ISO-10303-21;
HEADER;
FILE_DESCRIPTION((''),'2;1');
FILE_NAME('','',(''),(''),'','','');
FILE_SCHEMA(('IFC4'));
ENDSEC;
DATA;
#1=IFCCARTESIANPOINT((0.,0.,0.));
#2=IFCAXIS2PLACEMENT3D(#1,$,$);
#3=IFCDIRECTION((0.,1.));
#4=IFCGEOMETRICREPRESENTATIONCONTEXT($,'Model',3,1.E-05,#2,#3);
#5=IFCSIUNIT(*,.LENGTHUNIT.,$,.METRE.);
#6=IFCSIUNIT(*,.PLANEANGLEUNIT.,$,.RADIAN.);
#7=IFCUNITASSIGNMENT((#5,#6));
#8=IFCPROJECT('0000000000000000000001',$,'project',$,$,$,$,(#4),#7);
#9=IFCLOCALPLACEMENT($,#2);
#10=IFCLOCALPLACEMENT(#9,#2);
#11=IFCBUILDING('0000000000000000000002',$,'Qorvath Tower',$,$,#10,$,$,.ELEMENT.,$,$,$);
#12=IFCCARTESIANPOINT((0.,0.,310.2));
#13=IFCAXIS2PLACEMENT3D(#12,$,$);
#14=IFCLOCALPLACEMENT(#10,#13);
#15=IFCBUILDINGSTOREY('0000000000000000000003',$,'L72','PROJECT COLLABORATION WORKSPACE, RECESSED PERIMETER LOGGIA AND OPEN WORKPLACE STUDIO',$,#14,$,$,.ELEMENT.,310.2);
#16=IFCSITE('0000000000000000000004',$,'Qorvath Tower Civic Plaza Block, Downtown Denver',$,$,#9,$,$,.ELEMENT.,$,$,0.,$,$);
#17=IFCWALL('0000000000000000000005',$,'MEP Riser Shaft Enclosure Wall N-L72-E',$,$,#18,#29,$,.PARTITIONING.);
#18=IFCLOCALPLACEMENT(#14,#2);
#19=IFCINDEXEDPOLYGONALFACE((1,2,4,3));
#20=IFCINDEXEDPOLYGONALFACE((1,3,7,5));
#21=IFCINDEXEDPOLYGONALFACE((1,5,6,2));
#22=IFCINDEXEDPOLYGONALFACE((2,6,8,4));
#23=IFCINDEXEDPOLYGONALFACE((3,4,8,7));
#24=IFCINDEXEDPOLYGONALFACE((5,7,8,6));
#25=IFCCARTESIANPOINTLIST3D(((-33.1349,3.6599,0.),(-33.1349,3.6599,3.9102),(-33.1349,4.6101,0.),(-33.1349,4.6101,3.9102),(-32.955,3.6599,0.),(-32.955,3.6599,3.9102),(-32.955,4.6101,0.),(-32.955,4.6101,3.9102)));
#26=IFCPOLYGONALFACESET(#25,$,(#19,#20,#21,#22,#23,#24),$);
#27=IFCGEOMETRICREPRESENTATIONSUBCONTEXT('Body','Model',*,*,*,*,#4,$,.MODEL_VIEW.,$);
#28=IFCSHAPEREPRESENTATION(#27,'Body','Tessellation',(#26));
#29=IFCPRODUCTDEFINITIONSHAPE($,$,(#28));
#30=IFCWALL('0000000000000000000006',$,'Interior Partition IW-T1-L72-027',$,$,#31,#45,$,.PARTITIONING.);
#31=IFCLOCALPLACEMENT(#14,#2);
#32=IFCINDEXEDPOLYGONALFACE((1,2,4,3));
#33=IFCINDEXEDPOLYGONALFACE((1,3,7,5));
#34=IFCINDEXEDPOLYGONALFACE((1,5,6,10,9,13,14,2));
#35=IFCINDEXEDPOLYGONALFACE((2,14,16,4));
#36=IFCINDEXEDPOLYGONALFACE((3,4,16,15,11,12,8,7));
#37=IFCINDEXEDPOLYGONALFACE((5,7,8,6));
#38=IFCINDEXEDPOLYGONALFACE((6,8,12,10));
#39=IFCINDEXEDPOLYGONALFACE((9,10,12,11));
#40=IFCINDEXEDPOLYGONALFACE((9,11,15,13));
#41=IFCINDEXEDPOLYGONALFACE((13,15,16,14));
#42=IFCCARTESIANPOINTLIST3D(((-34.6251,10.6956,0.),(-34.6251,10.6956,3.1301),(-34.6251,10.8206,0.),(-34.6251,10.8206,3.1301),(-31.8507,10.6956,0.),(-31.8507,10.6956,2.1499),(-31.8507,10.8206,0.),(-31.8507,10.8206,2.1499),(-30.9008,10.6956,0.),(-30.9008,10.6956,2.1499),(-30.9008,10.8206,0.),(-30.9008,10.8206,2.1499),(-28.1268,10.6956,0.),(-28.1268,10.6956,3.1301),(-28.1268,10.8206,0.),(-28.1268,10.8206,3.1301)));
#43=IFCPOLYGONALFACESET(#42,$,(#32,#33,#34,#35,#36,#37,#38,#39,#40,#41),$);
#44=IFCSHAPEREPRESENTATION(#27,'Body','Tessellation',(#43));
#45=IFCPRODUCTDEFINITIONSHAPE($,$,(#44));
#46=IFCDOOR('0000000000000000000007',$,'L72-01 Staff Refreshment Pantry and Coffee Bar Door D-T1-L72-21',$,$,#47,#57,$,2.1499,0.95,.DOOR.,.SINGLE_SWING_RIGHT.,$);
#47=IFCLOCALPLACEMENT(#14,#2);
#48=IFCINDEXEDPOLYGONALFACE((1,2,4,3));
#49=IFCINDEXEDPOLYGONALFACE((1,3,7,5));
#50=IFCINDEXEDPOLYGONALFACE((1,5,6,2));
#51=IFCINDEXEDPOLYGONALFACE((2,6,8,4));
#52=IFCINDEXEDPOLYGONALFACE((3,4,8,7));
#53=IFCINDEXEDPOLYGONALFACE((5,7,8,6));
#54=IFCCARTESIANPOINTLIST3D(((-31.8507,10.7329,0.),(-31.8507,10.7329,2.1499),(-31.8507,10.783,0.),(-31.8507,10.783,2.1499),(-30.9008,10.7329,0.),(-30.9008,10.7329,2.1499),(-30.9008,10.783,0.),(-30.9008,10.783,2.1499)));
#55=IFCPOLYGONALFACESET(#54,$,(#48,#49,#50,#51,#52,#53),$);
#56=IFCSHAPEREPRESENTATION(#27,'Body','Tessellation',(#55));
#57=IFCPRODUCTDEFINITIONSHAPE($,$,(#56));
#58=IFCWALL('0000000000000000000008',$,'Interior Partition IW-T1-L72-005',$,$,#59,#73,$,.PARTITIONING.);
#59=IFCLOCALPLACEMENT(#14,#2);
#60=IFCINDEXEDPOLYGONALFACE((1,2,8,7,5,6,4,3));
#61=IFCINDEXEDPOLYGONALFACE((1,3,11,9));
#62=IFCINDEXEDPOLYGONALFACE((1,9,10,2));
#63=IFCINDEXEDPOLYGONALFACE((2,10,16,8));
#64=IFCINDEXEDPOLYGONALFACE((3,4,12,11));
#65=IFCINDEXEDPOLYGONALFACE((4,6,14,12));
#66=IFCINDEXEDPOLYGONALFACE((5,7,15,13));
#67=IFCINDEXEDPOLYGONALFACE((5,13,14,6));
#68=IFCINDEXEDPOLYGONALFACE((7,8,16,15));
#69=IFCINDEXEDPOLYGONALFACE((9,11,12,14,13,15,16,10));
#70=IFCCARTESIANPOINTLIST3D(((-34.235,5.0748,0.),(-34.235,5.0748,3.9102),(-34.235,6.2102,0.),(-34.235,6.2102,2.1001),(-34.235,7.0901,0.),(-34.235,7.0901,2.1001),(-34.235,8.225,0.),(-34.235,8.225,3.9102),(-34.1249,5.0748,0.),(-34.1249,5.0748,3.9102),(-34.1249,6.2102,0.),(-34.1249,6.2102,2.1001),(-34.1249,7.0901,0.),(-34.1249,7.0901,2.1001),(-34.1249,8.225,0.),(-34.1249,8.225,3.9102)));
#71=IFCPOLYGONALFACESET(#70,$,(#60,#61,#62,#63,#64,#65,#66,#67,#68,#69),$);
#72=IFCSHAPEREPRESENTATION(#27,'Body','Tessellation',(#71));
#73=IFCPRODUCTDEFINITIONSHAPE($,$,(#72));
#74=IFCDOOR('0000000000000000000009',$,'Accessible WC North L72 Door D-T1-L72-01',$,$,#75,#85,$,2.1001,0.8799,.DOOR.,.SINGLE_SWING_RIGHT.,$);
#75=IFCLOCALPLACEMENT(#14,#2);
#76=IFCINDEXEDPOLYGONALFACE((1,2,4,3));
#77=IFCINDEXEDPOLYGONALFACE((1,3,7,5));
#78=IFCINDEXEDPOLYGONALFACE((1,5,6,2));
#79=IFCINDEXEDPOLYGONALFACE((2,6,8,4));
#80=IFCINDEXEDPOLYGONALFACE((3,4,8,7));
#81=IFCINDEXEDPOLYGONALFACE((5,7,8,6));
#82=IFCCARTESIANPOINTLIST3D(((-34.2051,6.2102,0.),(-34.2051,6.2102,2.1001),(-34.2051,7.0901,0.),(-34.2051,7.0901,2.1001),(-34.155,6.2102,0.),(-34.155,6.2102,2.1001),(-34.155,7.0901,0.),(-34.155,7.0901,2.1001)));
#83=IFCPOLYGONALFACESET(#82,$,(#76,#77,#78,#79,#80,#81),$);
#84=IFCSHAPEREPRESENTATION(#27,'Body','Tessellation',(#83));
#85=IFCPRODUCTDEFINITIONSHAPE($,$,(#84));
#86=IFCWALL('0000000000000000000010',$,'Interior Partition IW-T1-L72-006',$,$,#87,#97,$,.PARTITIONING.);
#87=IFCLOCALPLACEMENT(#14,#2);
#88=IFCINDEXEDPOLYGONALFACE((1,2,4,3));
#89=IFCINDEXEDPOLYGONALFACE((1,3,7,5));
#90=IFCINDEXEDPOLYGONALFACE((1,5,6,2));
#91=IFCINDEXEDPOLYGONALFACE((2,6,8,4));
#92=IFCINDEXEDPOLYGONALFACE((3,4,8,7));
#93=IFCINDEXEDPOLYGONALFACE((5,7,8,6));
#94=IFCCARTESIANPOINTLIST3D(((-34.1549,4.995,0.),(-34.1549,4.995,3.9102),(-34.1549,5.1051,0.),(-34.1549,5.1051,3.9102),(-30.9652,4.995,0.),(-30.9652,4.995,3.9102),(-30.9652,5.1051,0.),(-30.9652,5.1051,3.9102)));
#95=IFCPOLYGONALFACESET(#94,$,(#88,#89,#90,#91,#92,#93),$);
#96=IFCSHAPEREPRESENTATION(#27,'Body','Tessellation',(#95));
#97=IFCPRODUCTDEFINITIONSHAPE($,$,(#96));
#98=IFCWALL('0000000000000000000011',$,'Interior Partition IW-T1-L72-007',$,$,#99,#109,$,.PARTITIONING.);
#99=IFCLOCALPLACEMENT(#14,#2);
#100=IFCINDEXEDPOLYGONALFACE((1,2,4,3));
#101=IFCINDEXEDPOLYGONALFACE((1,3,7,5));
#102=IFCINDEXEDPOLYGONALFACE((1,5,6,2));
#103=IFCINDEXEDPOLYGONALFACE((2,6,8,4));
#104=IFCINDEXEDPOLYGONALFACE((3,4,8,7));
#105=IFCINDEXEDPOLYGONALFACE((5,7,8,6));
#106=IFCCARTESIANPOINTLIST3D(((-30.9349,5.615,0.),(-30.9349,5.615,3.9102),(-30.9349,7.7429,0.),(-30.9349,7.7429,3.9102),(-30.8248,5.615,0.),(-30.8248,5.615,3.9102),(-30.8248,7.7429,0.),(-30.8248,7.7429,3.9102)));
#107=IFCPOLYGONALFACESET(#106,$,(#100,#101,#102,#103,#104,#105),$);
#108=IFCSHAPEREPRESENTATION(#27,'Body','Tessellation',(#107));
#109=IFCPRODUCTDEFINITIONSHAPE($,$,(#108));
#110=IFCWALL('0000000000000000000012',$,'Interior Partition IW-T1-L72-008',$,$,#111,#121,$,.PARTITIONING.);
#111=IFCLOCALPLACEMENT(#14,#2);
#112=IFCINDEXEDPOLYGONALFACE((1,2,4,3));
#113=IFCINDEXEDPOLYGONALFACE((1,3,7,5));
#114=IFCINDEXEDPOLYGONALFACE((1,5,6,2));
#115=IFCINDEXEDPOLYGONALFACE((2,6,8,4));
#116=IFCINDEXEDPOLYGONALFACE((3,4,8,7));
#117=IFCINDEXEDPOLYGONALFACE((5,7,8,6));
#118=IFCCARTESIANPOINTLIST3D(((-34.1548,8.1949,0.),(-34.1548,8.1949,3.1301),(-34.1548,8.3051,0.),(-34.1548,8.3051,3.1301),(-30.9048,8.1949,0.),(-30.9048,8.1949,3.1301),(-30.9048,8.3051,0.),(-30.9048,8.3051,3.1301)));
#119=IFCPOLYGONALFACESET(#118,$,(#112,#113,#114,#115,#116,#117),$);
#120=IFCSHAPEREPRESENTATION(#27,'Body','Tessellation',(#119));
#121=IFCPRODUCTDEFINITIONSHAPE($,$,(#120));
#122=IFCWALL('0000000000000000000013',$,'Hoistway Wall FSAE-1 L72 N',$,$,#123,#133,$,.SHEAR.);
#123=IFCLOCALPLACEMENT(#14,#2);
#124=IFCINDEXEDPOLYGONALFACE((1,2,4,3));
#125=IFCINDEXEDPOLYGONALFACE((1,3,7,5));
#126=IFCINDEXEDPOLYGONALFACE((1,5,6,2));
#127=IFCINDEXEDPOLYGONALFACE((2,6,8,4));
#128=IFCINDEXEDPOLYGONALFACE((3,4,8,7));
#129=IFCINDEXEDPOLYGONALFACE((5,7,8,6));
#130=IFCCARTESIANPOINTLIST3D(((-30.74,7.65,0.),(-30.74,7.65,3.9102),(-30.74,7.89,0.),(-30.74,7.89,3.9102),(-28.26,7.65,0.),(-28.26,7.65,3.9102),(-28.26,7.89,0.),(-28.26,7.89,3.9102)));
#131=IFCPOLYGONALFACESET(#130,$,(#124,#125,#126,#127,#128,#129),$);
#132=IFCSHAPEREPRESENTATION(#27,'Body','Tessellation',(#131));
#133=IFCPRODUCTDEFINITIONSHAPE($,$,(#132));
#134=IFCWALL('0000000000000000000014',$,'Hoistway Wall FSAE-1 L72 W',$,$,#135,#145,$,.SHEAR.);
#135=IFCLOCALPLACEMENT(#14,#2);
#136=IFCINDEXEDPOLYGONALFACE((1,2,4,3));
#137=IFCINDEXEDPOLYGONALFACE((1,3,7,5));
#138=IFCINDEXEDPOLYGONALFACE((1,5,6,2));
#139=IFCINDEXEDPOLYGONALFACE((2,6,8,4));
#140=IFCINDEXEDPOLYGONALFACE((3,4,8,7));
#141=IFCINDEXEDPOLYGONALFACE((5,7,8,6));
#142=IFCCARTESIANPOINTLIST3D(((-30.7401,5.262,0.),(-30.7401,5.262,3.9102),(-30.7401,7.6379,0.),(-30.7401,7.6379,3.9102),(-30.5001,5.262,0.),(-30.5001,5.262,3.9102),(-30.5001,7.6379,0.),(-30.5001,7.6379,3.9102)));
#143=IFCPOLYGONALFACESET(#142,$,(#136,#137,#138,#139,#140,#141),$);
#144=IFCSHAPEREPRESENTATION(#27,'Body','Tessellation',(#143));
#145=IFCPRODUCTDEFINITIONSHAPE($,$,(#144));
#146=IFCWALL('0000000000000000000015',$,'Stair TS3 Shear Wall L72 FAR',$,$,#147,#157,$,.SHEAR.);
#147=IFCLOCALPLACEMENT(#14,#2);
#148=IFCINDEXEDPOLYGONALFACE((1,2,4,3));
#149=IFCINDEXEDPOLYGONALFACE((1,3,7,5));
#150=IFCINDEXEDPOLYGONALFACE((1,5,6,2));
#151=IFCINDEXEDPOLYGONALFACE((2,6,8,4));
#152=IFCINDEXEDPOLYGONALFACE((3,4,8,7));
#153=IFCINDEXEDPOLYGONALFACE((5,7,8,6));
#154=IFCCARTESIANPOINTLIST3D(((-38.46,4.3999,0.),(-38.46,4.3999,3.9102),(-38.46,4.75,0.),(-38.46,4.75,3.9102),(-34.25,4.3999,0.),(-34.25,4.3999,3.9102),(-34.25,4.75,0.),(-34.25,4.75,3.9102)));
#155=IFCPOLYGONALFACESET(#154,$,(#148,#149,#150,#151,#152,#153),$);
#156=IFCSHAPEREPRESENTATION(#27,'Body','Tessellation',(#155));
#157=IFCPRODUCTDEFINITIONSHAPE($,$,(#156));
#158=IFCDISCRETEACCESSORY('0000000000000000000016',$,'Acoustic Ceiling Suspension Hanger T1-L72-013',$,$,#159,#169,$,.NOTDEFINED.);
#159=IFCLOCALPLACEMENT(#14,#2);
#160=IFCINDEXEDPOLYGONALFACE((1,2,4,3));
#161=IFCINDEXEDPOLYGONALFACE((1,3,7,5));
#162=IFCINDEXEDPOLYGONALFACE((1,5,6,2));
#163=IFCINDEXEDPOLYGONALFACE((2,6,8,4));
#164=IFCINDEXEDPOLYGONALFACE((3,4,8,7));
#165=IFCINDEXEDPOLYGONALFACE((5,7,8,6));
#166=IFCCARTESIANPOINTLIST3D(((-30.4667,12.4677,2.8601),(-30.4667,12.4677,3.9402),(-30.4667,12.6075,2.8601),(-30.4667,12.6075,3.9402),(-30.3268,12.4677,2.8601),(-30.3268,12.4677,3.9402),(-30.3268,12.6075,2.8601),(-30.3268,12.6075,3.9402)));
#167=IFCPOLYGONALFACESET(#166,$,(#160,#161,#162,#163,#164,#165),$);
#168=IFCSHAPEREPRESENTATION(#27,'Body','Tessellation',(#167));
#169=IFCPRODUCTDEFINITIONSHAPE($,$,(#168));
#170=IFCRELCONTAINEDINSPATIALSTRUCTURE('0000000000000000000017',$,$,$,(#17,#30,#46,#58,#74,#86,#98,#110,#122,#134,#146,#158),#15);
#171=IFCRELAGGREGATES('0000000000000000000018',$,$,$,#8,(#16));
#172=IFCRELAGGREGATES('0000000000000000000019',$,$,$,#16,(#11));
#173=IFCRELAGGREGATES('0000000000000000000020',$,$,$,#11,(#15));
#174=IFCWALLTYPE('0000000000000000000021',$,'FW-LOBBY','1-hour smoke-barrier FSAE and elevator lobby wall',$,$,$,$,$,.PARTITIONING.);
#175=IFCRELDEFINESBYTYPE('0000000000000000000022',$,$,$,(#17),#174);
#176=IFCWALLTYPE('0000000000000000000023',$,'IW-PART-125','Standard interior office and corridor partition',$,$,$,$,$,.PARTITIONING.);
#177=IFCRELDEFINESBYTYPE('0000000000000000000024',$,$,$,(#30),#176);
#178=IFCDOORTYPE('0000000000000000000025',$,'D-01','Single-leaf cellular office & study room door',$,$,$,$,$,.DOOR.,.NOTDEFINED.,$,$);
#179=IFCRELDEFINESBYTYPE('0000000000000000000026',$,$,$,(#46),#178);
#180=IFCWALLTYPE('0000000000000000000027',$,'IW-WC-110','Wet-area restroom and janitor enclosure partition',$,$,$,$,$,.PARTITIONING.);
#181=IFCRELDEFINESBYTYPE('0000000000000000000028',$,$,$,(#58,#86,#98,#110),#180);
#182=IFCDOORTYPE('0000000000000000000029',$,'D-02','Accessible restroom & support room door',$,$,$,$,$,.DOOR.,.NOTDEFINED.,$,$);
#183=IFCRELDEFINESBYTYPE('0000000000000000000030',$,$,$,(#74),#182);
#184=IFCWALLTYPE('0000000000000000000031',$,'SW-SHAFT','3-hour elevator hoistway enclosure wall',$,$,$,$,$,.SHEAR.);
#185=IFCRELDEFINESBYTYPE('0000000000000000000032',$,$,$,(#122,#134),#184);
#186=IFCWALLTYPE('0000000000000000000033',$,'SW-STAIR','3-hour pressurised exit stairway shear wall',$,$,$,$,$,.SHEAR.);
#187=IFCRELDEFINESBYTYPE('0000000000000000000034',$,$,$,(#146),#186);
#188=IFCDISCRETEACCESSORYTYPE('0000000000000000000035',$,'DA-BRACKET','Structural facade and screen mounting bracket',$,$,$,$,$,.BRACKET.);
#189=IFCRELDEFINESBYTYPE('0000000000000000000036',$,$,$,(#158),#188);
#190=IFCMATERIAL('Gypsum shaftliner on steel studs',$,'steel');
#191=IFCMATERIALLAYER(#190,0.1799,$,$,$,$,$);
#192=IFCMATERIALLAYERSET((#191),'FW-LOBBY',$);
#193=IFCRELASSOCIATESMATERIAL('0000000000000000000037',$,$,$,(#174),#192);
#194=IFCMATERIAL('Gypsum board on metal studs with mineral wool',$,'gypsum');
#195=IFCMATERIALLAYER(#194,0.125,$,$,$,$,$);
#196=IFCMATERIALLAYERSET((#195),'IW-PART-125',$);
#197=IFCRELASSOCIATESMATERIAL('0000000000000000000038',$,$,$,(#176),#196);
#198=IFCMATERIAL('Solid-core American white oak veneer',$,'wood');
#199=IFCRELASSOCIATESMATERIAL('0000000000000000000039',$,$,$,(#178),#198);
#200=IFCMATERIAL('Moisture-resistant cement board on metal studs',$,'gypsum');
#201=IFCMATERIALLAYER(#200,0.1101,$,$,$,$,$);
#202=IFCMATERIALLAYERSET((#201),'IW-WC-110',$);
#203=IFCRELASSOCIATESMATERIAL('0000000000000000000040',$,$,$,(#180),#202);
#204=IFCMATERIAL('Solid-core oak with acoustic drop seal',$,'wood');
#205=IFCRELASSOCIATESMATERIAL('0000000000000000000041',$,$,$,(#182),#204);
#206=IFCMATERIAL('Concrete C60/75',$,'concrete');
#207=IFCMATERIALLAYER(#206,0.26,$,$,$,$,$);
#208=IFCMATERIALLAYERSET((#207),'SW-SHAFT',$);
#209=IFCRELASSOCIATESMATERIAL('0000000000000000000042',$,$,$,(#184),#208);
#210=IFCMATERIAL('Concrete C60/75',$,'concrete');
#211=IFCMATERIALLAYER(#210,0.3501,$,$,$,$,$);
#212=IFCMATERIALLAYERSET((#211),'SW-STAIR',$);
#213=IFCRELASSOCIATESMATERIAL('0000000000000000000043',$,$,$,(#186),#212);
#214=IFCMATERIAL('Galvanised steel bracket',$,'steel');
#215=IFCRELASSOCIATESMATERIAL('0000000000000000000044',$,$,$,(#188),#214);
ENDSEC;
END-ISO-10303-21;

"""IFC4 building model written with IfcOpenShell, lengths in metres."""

from ifc_helpers import new_model, si_unit, direction, frame, frame_2d, origin, origin_2d, place, context, subcontext, project, spatial, rectangle, extrude, material, layer, layer_set, type_object, element, fill, save


model = new_model("IFC4")

# Units and contexts
model_context = context("Model", 3, precision=1e-05, world=origin(), true_north=direction((0.0, 1.0)))
body_context = subcontext(model_context, "Body", "Model", "MODEL_VIEW")
ifc_project = project(units=[si_unit("LENGTHUNIT", "METRE"), si_unit("PLANEANGLEUNIT", "RADIAN")], contexts=[model_context])

# Site, building, storey
site_placement = place(None, origin())
site = spatial("IfcSite", under=ifc_project, at=site_placement, Name="Qorvath Tower Civic Plaza Block, Downtown Denver", CompositionType="ELEMENT", RefElevation=0.0)
building_placement = place(site_placement, origin())
building = spatial("IfcBuilding", under=site, at=building_placement, Name="Qorvath Tower", CompositionType="ELEMENT")
storey_placement = place(building_placement, frame((0.0, 0.0, 310.2)))
storey = spatial("IfcBuildingStorey", under=building, at=storey_placement, Name="L72", Description="PROJECT COLLABORATION WORKSPACE, RECESSED PERIMETER LOGGIA AND OPEN WORKPLACE STUDIO", CompositionType="ELEMENT", Elevation=310.2)

# Wall
ifc_material_1 = material(Name="Gypsum shaftliner on steel studs", Category="steel")
ifc_layer_1 = layer(ifc_material_1, 0.1799)
ifc_layer_set_1 = layer_set([ifc_layer_1], Name="FW-LOBBY")
wall_type_1 = type_object("IfcWallType", Name="FW-LOBBY", Description="1-hour smoke-barrier FSAE and elevator lobby wall", PredefinedType="PARTITIONING", material=ifc_layer_set_1)
for number, where, z_axis, x_axis, name in (
    (1, (-33.0449, 4.6101, 0.0), (0.0, 0.0, 1.0), (0.0, -1.0, 0.0), "MEP Riser Shaft Enclosure Wall N-L72-E"),
):
    element("IfcWall", number, at=place(storey_placement, frame(where, z_axis=z_axis, x_axis=x_axis)), inside=storey, type_object=wall_type_1, Name=name, PredefinedType="PARTITIONING", context=body_context, shape_type="SweptSolid", body=[
        extrude(rectangle(XDim=0.9502, YDim=0.1799, at=frame_2d((0.4751, 0.0))), origin(), (0.0, 0.0, 1.0), 3.9102),
    ])

# Walls, openings, doors
ifc_material_2 = material(Name="Gypsum board on metal studs with mineral wool", Category="gypsum")
ifc_layer_2 = layer(ifc_material_2, 0.125)
ifc_layer_set_2 = layer_set([ifc_layer_2], Name="IW-PART-125")
wall_type_2 = type_object("IfcWallType", Name="IW-PART-125", Description="Standard interior office and corridor partition", PredefinedType="PARTITIONING", material=ifc_layer_set_2)
wall_1_placement = place(storey_placement, frame((-34.625, 10.7581, 0.0), z_axis=(0.0, 0.0, 1.0), x_axis=(1.0, 0.0, 0.0)))
wall_1 = element("IfcWall", 2, at=wall_1_placement, inside=storey, type_object=wall_type_2, Name="Interior Partition IW-T1-L72-027", PredefinedType="PARTITIONING", context=body_context, shape_type="SweptSolid", body=[
    extrude(rectangle(XDim=6.4983, YDim=0.125, at=frame_2d((3.249, 0.0))), origin(), (0.0, 0.0, 1.0), 3.1301),
])
opening_1_placement = place(wall_1_placement, frame((2.7742, 0.0, 0.0)))
opening_1 = element("IfcOpeningElement", 3, at=opening_1_placement, cuts=wall_1, PredefinedType="OPENING", context=body_context, shape_type="SweptSolid", body=[
    extrude(rectangle(XDim=0.95, YDim=2.1499, at=frame_2d((0.4751, 1.075))), frame((0.0, 0.0725, 0.0), z_axis=(0.0, -1.0, 0.0), x_axis=(1.0, 0.0, 0.0)), (0.0, 0.0, 1.0), 0.145),
])
ifc_material_3 = material(Name="Solid-core American white oak veneer", Category="wood")
door_type_1 = type_object("IfcDoorType", Name="D-01", Description="Single-leaf cellular office & study room door", OperationType="NOTDEFINED", PredefinedType="DOOR", material=ifc_material_3)
door_1_placement = place(opening_1_placement, origin())
door_1 = element("IfcDoor", 4, at=door_1_placement, inside=storey, type_object=door_type_1, Name="L72-01 Staff Refreshment Pantry and Coffee Bar Door D-T1-L72-21", OperationType="SINGLE_SWING_RIGHT", OverallHeight=2.1499, OverallWidth=0.95, PredefinedType="DOOR", context=body_context, shape_type="SweptSolid", body=[
    extrude(rectangle(XDim=0.95, YDim=2.1499, at=frame_2d((0.4751, 1.075))), frame((0.0, 0.0249, 0.0), z_axis=(0.0, -1.0, 0.0), x_axis=(1.0, 0.0, 0.0)), (0.0, 0.0, 1.0), 0.05),
])
fill(opening_1, door_1)
ifc_material_4 = material(Name="Moisture-resistant cement board on metal studs", Category="gypsum")
ifc_layer_3 = layer(ifc_material_4, 0.1101)
ifc_layer_set_3 = layer_set([ifc_layer_3], Name="IW-WC-110")
wall_type_3 = type_object("IfcWallType", Name="IW-WC-110", Description="Wet-area restroom and janitor enclosure partition", PredefinedType="PARTITIONING", material=ifc_layer_set_3)
wall_2_placement = place(storey_placement, frame((-34.1799, 8.2251, 0.0), z_axis=(0.0, 0.0, 1.0), x_axis=(0.0, -1.0, 0.0)))
wall_2 = element("IfcWall", 5, at=wall_2_placement, inside=storey, type_object=wall_type_3, Name="Interior Partition IW-T1-L72-005", PredefinedType="PARTITIONING", context=body_context, shape_type="SweptSolid", body=[
    extrude(rectangle(XDim=3.1501, YDim=0.1101, at=frame_2d((1.5752, 0.0))), origin(), (0.0, 0.0, 1.0), 3.9102),
])
opening_2_placement = place(wall_2_placement, frame((1.135, 0.0, 0.0)))
opening_2 = element("IfcOpeningElement", 6, at=opening_2_placement, cuts=wall_2, PredefinedType="OPENING", context=body_context, shape_type="SweptSolid", body=[
    extrude(rectangle(XDim=0.8799, YDim=2.1001, at=frame_2d((0.4399, 1.05))), frame((0.0, 0.0649, 0.0), z_axis=(0.0, -1.0, 0.0), x_axis=(1.0, 0.0, 0.0)), (0.0, 0.0, 1.0), 0.1301),
])
ifc_material_5 = material(Name="Solid-core oak with acoustic drop seal", Category="wood")
door_type_2 = type_object("IfcDoorType", Name="D-02", Description="Accessible restroom & support room door", OperationType="NOTDEFINED", PredefinedType="DOOR", material=ifc_material_5)
door_2_placement = place(opening_2_placement, origin())
door_2 = element("IfcDoor", 7, at=door_2_placement, inside=storey, type_object=door_type_2, Name="Accessible WC North L72 Door D-T1-L72-01", OperationType="SINGLE_SWING_RIGHT", OverallHeight=2.1001, OverallWidth=0.8799, PredefinedType="DOOR", context=body_context, shape_type="SweptSolid", body=[
    extrude(rectangle(XDim=0.8799, YDim=2.1001, at=frame_2d((0.4399, 1.05))), frame((0.0, 0.0249, 0.0), z_axis=(0.0, -1.0, 0.0), x_axis=(1.0, 0.0, 0.0)), (0.0, 0.0, 1.0), 0.05),
])
fill(opening_2, door_2)

# Walls
wall_3_placement = place(storey_placement, frame((-34.1548, 5.05, 0.0), z_axis=(0.0, 0.0, 1.0), x_axis=(1.0, 0.0, 0.0)))
element("IfcWall", 8, at=wall_3_placement, inside=storey, type_object=wall_type_3, Name="Interior Partition IW-T1-L72-006", PredefinedType="PARTITIONING", context=body_context, shape_type="SweptSolid", body=[
    extrude(rectangle(XDim=3.1897, YDim=0.1101, at=frame_2d((1.5947, 0.0))), origin(), (0.0, 0.0, 1.0), 3.9102),
])
wall_4_placement = place(storey_placement, frame((-30.8799, 5.615, 0.0), z_axis=(0.0, 0.0, 1.0), x_axis=(0.0, 1.0, 0.0)))
element("IfcWall", 9, at=wall_4_placement, inside=storey, type_object=wall_type_3, Name="Interior Partition IW-T1-L72-007", PredefinedType="PARTITIONING", context=body_context, shape_type="SweptSolid", body=[
    extrude(rectangle(XDim=2.1279, YDim=0.1101, at=frame_2d((1.064, 0.0))), origin(), (0.0, 0.0, 1.0), 3.9102),
])
wall_5_placement = place(storey_placement, frame((-30.9048, 8.25, 0.0), z_axis=(0.0, 0.0, 1.0), x_axis=(-1.0, 0.0, 0.0)))
element("IfcWall", 10, at=wall_5_placement, inside=storey, type_object=wall_type_3, Name="Interior Partition IW-T1-L72-008", PredefinedType="PARTITIONING", context=body_context, shape_type="SweptSolid", body=[
    extrude(rectangle(XDim=3.25, YDim=0.1101, at=frame_2d((1.625, 0.0))), origin(), (0.0, 0.0, 1.0), 3.1301),
])
ifc_material_6 = material(Name="Concrete C60/75", Category="concrete")
ifc_layer_4 = layer(ifc_material_6, 0.26)
ifc_layer_set_4 = layer_set([ifc_layer_4], Name="SW-SHAFT")
wall_type_4 = type_object("IfcWallType", Name="SW-SHAFT", Description="3-hour elevator hoistway enclosure wall", PredefinedType="SHEAR", material=ifc_layer_set_4)
wall_6_placement = place(storey_placement, frame((-30.74, 7.77, 0.0), z_axis=(0.0, 0.0, 1.0), x_axis=(1.0, 0.0, 0.0)))
element("IfcWall", 11, at=wall_6_placement, inside=storey, type_object=wall_type_4, Name="Hoistway Wall FSAE-1 L72 N", PredefinedType="SHEAR", context=body_context, shape_type="SweptSolid", body=[
    extrude(rectangle(XDim=2.48, YDim=0.24, at=frame_2d((1.24, 0.0))), origin(), (0.0, 0.0, 1.0), 3.9102),
])
wall_7_placement = place(storey_placement, frame((-30.6201, 5.262, 0.0), z_axis=(0.0, 0.0, 1.0), x_axis=(0.0, 1.0, 0.0)))
element("IfcWall", 12, at=wall_7_placement, inside=storey, type_object=wall_type_4, Name="Hoistway Wall FSAE-1 L72 W", PredefinedType="SHEAR", context=body_context, shape_type="SweptSolid", body=[
    extrude(rectangle(XDim=2.376, YDim=0.24, at=frame_2d((1.188, 0.0))), origin(), (0.0, 0.0, 1.0), 3.9102),
])
ifc_material_7 = material(Name="Concrete C60/75", Category="concrete")
ifc_layer_5 = layer(ifc_material_7, 0.3501)
ifc_layer_set_5 = layer_set([ifc_layer_5], Name="SW-STAIR")
wall_type_5 = type_object("IfcWallType", Name="SW-STAIR", Description="3-hour pressurised exit stairway shear wall", PredefinedType="SHEAR", material=ifc_layer_set_5)
wall_8_placement = place(storey_placement, frame((-34.25, 4.575, 0.0), z_axis=(0.0, 0.0, 1.0), x_axis=(-1.0, 0.0, 0.0)))
element("IfcWall", 13, at=wall_8_placement, inside=storey, type_object=wall_type_5, Name="Stair TS3 Shear Wall L72 FAR", PredefinedType="SHEAR", context=body_context, shape_type="SweptSolid", body=[
    extrude(rectangle(XDim=4.21, YDim=0.3501, at=frame_2d((2.105, 0.0))), origin(), (0.0, 0.0, 1.0), 3.9102),
])

# Discrete accessory
ifc_material_8 = material(Name="Galvanised steel bracket", Category="steel")
discrete_accessory_type = type_object("IfcDiscreteAccessoryType", Name="DA-BRACKET", Description="Structural facade and screen mounting bracket", PredefinedType="BRACKET", material=ifc_material_8)
discrete_accessory_placement = place(storey_placement, frame((-30.3967, 12.5376, 2.8601), z_axis=(0.0, 0.0, 1.0), x_axis=(1.0, 0.0, 0.0)))
element("IfcDiscreteAccessory", 14, at=discrete_accessory_placement, inside=storey, type_object=discrete_accessory_type, Name="Acoustic Ceiling Suspension Hanger T1-L72-013", PredefinedType="NOTDEFINED", context=body_context, shape_type="SweptSolid", body=[
    extrude(rectangle(XDim=0.1399, YDim=0.1399, at=origin_2d()), origin(), (0.0, 0.0, 1.0), 1.0801),
])

save(model, "model.ifc")
